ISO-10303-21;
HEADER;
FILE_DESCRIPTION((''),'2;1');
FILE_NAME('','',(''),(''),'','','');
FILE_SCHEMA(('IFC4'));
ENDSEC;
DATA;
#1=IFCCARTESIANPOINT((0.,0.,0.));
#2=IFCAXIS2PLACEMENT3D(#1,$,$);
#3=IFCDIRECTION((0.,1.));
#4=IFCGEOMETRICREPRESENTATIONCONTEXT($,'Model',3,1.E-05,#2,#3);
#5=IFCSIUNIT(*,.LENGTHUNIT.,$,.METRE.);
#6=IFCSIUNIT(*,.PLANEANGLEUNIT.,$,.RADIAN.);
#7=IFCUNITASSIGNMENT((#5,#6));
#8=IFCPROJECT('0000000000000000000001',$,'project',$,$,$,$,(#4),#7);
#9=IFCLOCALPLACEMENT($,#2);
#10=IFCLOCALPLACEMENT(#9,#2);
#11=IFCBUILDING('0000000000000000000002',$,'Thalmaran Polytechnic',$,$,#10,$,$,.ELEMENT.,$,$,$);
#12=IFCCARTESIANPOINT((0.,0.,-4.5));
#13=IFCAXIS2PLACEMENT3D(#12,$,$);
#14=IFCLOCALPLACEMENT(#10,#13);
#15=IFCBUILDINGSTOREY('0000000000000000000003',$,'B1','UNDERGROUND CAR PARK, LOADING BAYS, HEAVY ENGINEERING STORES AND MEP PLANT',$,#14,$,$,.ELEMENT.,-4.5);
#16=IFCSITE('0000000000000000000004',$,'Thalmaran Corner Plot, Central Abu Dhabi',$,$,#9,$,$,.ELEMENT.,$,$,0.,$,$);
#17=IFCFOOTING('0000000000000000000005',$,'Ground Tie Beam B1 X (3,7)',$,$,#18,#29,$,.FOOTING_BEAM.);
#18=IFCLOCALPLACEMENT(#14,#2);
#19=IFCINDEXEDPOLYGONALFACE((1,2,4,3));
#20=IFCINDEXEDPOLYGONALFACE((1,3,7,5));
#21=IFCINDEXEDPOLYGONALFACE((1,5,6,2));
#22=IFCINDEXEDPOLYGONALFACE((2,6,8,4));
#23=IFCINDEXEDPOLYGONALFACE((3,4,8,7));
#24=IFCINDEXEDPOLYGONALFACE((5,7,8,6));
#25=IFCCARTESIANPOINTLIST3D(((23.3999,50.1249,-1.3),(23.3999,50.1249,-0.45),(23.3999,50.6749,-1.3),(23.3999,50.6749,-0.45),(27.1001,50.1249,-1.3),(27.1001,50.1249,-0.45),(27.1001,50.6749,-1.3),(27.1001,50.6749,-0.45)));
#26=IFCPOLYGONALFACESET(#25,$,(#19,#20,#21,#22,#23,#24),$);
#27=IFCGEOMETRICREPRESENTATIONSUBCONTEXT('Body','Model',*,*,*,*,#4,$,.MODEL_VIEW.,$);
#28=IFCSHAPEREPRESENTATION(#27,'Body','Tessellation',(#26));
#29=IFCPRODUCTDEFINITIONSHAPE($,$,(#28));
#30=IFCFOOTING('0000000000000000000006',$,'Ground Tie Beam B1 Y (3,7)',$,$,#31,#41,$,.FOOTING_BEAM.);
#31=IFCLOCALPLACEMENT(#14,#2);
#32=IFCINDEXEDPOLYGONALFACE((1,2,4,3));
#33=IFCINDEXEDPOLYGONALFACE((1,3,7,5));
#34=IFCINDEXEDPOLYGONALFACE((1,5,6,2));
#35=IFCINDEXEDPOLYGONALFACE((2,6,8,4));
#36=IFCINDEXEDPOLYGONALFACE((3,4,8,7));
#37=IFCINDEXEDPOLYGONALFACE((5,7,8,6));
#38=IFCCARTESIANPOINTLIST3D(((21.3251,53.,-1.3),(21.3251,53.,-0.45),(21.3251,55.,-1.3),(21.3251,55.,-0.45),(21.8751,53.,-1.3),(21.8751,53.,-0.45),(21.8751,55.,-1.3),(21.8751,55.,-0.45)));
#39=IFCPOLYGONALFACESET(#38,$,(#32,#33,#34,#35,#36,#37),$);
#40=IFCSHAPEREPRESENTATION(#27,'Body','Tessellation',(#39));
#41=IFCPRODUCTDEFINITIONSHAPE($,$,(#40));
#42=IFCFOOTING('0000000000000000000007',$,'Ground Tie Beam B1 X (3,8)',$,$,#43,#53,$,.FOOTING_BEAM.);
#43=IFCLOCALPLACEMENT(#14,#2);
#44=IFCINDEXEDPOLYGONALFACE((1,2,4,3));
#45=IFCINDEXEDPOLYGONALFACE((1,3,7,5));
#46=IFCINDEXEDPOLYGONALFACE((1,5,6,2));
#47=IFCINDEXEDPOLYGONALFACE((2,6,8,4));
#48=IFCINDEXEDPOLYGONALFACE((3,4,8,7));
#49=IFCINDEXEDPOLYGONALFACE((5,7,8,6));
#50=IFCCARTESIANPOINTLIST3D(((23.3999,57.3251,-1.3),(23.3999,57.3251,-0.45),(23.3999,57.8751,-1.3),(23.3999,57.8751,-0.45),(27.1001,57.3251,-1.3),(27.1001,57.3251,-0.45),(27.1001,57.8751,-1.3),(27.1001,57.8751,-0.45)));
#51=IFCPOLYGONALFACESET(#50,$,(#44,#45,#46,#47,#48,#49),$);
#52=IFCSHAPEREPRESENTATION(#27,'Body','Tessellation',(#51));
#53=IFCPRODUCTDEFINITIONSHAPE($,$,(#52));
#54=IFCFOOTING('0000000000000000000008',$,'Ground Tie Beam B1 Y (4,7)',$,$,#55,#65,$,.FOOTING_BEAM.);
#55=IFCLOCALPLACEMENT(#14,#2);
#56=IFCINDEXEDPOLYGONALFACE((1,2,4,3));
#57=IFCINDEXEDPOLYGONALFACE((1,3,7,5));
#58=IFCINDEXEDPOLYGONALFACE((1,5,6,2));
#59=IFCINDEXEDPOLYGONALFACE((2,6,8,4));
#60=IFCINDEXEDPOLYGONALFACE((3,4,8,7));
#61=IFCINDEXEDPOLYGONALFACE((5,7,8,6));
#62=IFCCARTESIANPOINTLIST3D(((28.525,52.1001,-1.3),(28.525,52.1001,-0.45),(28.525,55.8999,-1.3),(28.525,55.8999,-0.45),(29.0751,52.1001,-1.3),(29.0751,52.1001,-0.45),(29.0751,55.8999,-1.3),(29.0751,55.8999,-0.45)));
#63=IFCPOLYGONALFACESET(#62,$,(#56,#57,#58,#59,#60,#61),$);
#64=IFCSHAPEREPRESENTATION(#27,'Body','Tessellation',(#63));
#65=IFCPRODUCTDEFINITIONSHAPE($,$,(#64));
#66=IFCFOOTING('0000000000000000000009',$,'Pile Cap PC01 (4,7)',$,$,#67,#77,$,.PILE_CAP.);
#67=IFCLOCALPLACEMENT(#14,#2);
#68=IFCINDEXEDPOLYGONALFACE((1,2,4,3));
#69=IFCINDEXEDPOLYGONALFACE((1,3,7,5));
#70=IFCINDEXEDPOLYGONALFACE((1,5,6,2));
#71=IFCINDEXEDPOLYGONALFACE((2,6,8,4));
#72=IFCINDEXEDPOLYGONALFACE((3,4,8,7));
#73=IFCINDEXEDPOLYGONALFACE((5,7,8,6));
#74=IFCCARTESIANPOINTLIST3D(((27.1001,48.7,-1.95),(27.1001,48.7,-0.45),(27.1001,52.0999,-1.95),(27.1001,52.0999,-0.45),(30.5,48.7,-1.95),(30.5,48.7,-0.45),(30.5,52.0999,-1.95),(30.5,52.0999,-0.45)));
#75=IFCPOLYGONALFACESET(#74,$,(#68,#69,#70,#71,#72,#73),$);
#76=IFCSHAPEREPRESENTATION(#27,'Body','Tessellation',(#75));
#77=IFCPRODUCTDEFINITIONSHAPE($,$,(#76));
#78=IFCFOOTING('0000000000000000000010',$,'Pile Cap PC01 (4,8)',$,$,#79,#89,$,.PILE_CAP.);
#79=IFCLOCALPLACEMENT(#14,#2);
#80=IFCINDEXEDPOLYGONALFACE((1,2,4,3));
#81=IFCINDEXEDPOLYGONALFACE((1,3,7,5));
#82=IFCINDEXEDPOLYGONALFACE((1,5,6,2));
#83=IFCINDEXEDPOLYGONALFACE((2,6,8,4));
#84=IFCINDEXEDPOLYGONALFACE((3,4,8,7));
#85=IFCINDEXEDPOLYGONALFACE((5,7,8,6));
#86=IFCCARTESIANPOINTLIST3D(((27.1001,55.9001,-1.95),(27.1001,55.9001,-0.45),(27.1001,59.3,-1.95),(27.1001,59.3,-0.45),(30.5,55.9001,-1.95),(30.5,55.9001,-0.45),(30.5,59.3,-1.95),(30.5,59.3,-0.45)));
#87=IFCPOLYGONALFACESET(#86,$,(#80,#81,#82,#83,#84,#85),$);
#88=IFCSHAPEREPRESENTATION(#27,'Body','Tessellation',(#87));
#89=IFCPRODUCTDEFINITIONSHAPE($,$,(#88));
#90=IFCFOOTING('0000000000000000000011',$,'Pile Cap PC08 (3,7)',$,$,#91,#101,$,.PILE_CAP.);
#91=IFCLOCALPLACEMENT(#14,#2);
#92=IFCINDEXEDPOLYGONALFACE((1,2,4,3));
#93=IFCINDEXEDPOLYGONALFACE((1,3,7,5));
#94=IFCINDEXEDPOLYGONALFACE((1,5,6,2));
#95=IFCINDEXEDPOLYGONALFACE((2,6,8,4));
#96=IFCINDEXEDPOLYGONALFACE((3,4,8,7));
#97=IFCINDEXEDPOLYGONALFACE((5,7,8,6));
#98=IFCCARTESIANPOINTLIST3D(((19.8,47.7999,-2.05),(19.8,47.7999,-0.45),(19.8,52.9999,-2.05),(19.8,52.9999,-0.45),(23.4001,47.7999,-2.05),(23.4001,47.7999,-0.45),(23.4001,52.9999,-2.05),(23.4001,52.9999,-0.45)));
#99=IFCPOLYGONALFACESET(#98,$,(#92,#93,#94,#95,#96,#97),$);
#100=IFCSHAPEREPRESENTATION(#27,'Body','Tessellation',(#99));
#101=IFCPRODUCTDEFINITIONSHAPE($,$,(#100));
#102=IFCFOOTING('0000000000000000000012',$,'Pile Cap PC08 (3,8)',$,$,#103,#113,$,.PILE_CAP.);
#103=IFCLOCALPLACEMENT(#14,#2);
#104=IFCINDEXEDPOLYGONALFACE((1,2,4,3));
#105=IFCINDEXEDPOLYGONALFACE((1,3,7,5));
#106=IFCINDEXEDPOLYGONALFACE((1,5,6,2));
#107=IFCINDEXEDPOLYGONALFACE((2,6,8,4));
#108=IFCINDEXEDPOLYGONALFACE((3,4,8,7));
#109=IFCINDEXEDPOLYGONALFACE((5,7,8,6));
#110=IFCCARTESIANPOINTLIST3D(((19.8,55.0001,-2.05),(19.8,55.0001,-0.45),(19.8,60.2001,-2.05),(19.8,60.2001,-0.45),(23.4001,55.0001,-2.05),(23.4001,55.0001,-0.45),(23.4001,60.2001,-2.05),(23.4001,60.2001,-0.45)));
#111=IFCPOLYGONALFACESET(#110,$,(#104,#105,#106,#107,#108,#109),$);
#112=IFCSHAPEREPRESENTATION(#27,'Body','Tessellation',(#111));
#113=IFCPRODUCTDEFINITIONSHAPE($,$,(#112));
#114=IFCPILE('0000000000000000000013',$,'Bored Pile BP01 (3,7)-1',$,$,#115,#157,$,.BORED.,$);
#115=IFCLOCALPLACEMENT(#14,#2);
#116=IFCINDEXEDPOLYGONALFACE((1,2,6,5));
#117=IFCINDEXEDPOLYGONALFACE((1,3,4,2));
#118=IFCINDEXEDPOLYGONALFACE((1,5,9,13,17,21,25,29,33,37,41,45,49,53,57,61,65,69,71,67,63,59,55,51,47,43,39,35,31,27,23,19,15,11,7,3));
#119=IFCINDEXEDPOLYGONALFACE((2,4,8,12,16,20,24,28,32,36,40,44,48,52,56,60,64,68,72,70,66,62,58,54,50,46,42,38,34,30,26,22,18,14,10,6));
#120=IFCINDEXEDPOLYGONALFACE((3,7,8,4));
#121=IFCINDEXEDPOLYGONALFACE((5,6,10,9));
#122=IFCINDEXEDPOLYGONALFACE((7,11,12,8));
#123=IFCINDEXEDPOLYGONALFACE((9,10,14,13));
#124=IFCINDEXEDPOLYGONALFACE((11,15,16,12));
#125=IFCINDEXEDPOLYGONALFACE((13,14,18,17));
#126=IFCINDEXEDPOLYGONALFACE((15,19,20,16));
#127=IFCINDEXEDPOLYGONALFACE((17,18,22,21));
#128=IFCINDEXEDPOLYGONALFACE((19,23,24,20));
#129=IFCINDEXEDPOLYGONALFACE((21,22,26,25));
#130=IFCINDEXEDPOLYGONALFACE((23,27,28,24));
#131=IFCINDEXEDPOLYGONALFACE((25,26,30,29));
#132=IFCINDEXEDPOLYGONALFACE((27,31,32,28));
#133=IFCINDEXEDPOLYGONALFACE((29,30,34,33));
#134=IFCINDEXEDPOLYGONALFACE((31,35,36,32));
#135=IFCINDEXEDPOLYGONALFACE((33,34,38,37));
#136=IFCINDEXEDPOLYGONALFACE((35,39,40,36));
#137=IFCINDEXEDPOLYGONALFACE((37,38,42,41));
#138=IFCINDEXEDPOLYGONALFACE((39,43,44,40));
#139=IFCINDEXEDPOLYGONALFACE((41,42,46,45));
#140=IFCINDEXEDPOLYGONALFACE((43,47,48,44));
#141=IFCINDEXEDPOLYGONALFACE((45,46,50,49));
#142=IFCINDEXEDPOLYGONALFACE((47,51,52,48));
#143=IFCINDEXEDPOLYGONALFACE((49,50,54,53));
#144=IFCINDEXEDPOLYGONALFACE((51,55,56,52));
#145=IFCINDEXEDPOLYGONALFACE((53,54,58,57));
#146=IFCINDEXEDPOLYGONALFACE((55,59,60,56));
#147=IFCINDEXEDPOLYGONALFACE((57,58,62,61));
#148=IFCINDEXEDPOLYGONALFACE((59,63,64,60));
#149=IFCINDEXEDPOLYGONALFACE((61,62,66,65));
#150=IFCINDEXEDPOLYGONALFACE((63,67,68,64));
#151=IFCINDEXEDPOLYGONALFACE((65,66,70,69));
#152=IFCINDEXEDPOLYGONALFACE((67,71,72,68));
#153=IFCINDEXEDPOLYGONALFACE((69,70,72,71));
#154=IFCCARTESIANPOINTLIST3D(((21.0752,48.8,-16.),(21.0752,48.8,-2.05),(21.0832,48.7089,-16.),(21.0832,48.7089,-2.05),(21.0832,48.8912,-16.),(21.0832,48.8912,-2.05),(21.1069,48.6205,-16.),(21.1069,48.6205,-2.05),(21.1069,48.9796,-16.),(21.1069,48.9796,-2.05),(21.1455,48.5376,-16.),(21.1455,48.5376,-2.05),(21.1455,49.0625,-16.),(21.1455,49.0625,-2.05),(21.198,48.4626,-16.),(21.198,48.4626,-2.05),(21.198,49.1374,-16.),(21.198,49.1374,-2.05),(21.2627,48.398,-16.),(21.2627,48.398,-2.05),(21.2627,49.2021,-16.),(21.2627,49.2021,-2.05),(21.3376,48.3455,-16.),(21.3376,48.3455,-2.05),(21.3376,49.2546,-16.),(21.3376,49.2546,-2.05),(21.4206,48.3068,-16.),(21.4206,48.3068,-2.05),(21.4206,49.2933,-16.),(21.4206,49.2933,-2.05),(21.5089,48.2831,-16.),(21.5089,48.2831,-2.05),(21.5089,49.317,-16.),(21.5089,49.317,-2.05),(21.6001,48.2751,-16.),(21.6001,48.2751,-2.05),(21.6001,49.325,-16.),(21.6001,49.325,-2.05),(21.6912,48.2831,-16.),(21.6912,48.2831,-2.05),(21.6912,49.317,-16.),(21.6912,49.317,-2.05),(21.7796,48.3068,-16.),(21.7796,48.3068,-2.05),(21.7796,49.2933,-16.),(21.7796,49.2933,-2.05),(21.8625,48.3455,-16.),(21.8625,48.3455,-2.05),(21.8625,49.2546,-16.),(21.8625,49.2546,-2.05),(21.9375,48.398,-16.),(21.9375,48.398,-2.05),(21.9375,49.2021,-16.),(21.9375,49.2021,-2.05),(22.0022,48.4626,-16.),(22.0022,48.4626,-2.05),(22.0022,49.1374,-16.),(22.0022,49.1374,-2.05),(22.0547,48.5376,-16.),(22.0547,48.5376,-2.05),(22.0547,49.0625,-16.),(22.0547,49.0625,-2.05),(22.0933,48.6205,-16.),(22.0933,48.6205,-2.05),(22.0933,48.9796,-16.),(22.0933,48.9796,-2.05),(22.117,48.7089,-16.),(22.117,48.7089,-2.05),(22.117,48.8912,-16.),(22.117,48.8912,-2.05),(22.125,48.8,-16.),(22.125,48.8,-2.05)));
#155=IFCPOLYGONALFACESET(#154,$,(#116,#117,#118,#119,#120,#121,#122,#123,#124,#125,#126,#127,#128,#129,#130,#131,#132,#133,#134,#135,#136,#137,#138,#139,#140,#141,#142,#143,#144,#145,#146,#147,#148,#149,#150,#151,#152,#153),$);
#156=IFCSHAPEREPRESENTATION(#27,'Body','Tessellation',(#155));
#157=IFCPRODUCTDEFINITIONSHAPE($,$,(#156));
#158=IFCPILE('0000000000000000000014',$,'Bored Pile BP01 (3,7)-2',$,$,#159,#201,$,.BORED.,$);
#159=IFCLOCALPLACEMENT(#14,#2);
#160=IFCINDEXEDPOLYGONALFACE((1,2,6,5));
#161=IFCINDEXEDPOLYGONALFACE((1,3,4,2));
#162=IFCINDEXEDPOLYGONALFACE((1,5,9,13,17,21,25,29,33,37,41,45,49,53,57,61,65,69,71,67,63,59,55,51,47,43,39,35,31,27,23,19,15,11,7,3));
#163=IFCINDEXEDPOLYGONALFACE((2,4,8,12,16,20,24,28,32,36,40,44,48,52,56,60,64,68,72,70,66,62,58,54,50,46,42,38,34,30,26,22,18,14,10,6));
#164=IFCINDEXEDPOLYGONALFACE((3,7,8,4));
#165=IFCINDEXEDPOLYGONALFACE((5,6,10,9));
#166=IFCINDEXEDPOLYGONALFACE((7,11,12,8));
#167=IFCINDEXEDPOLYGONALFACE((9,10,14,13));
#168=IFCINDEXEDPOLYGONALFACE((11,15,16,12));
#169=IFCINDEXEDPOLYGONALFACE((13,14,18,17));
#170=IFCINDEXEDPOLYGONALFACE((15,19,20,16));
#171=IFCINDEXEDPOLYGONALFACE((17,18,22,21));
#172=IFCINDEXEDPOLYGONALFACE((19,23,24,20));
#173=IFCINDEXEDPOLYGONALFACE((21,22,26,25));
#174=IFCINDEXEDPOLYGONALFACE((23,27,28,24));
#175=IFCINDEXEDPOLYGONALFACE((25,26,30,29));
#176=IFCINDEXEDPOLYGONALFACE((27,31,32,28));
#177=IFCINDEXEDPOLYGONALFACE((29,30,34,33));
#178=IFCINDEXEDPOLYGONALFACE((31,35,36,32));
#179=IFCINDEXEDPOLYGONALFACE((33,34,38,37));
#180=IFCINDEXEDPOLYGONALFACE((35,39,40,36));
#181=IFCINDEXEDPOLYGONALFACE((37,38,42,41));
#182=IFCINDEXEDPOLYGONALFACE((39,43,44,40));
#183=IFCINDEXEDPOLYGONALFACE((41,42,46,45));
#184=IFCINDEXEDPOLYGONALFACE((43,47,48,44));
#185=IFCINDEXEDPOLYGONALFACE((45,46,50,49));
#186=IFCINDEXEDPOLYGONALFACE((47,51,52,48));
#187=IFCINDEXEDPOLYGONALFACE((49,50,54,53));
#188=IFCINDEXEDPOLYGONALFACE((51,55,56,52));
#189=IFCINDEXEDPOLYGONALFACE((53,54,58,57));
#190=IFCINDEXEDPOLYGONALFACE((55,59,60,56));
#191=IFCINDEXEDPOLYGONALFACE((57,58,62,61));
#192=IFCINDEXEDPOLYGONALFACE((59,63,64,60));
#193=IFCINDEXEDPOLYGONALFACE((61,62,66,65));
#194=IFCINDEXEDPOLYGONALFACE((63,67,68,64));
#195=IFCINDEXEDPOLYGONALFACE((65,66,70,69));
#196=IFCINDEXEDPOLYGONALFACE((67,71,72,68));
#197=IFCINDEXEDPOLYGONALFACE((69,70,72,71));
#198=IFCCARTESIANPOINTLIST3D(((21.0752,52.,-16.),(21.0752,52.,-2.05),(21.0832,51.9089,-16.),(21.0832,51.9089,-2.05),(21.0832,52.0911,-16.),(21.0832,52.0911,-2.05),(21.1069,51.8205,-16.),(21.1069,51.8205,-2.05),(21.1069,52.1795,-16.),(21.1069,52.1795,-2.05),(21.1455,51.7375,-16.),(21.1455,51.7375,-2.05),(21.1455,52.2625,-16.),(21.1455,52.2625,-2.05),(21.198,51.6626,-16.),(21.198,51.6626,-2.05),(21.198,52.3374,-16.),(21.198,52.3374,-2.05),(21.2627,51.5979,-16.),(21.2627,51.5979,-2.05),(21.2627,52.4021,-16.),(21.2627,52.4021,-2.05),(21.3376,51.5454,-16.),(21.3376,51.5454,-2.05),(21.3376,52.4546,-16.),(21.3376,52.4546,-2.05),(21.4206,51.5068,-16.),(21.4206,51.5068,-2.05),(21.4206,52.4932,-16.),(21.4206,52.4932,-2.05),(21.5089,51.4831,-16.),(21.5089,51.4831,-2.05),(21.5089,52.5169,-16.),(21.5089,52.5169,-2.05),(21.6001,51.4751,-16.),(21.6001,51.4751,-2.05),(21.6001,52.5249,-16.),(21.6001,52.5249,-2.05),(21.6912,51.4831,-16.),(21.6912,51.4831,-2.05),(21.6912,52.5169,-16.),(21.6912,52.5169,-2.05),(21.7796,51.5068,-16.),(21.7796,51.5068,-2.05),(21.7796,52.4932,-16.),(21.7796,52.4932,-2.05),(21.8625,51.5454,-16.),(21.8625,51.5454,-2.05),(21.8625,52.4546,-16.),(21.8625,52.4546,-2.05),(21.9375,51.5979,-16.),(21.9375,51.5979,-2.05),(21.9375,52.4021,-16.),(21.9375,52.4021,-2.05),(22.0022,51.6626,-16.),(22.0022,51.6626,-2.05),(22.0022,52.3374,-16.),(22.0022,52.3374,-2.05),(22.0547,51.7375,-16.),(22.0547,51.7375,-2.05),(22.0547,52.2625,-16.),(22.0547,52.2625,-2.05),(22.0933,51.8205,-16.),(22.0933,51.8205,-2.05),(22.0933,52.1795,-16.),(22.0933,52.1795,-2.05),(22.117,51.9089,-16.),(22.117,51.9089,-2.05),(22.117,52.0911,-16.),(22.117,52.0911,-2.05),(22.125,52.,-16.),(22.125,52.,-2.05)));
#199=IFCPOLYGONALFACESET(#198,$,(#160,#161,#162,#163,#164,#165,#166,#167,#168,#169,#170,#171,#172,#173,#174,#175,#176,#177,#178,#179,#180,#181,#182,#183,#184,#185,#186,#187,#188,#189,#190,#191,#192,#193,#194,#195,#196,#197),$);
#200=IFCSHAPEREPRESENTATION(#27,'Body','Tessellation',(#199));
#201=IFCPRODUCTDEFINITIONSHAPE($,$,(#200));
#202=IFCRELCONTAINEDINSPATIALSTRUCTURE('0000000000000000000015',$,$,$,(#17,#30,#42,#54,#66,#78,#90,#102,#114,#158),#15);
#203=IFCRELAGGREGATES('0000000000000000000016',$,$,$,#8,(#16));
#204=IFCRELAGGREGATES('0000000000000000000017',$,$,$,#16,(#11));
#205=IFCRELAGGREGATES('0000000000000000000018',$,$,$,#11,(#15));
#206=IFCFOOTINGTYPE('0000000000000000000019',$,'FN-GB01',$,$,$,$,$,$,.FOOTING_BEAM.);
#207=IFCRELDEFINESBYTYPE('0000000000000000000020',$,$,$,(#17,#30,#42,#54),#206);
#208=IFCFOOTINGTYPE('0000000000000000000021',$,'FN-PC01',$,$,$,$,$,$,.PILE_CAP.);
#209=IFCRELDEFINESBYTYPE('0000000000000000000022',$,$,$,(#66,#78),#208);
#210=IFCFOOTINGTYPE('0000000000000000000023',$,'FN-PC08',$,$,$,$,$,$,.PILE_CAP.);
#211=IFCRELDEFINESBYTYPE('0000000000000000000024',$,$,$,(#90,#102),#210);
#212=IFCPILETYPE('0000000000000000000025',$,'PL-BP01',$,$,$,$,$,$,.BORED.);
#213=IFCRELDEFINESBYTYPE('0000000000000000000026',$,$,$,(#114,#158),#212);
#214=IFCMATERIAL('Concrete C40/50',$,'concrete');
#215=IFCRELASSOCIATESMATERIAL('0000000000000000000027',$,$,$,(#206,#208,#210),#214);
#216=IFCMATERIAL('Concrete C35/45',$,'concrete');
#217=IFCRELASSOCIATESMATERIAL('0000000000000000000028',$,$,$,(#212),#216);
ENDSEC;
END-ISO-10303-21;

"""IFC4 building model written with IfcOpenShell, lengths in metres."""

from ifc_helpers import new_model, si_unit, direction, frame, origin, origin_2d, place, context, subcontext, project, spatial, rectangle, circle, extrude, material, material_profile, profile_set, type_object, element, save


model = new_model("IFC4")

# Units and contexts
model_context = context("Model", 3, precision=1e-05, world=origin(), true_north=direction((0.0, 1.0)))
body_context = subcontext(model_context, "Body", "Model", "MODEL_VIEW")
ifc_project = project(units=[si_unit("LENGTHUNIT", "METRE"), si_unit("PLANEANGLEUNIT", "RADIAN")], contexts=[model_context])

# Site, building, storey
site_placement = place(None, origin())
site = spatial("IfcSite", under=ifc_project, at=site_placement, Name="Thalmaran Corner Plot, Central Abu Dhabi", CompositionType="ELEMENT", RefElevation=0.0)
building_placement = place(site_placement, origin())
building = spatial("IfcBuilding", under=site, at=building_placement, Name="Thalmaran Polytechnic", CompositionType="ELEMENT")
storey_placement = place(building_placement, frame((0.0, 0.0, -4.5)))
storey = spatial("IfcBuildingStorey", under=building, at=storey_placement, Name="B1", Description="UNDERGROUND CAR PARK, LOADING BAYS, HEAVY ENGINEERING STORES AND MEP PLANT", CompositionType="ELEMENT", Elevation=-4.5)

# Footings
ifc_material_1 = material(Name="Concrete C40/50", Category="concrete")
ifc_material_profile_1 = material_profile(ifc_material_1, rectangle(XDim=0.55, YDim=0.8501, at=origin_2d()), Name="RC 550x850")
ifc_profile_set_1 = profile_set([ifc_material_profile_1], Name="Concrete C40/50")
footing_type_1 = type_object("IfcFootingType", Name="FN-GB01", PredefinedType="FOOTING_BEAM", material=ifc_profile_set_1)
footing_1_placement = place(storey_placement, frame((23.3999, 50.3999, -0.875), z_axis=(1.0, 0.0, 0.0), x_axis=(0.0, 1.0, 0.0)))
element("IfcFooting", 1, at=footing_1_placement, inside=storey, type_object=footing_type_1, Name="Ground Tie Beam B1 X (3,7)", PredefinedType="FOOTING_BEAM", context=body_context, shape_type="SweptSolid", body=[
    extrude(rectangle(XDim=0.55, YDim=0.8501, at=origin_2d()), origin(), (0.0, 0.0, 1.0), 3.7002),
])
footing_2_placement = place(storey_placement, frame((21.6001, 53.0, -0.875), z_axis=(0.0, 1.0, 0.0), x_axis=(-1.0, 0.0, 0.0)))
element("IfcFooting", 2, at=footing_2_placement, inside=storey, type_object=footing_type_1, Name="Ground Tie Beam B1 Y (3,7)", PredefinedType="FOOTING_BEAM", context=body_context, shape_type="SweptSolid", body=[
    extrude(rectangle(XDim=0.55, YDim=0.8501, at=origin_2d()), origin(), (0.0, 0.0, 1.0), 2.0),
])
footing_3_placement = place(storey_placement, frame((23.3999, 57.6001, -0.875), z_axis=(1.0, 0.0, 0.0), x_axis=(0.0, 1.0, 0.0)))
element("IfcFooting", 3, at=footing_3_placement, inside=storey, type_object=footing_type_1, Name="Ground Tie Beam B1 X (3,8)", PredefinedType="FOOTING_BEAM", context=body_context, shape_type="SweptSolid", body=[
    extrude(rectangle(XDim=0.55, YDim=0.8501, at=origin_2d()), origin(), (0.0, 0.0, 1.0), 3.7002),
])
footing_4_placement = place(storey_placement, frame((28.8, 52.1001, -0.875), z_axis=(0.0, 1.0, 0.0), x_axis=(-1.0, 0.0, 0.0)))
element("IfcFooting", 4, at=footing_4_placement, inside=storey, type_object=footing_type_1, Name="Ground Tie Beam B1 Y (4,7)", PredefinedType="FOOTING_BEAM", context=body_context, shape_type="SweptSolid", body=[
    extrude(rectangle(XDim=0.55, YDim=0.8501, at=origin_2d()), origin(), (0.0, 0.0, 1.0), 3.7998),
])
footing_type_2 = type_object("IfcFootingType", Name="FN-PC01", PredefinedType="PILE_CAP", material=ifc_material_1)
for number, where, z_axis, x_axis, name in (
    (5, (28.8, 50.3999, -1.95), (0.0, 0.0, 1.0), (1.0, 0.0, 0.0), "Pile Cap PC01 (4,7)"),
    (6, (28.8, 57.6001, -1.95), (0.0, 0.0, 1.0), (1.0, 0.0, 0.0), "Pile Cap PC01 (4,8)"),
):
    element("IfcFooting", number, at=place(storey_placement, frame(where, z_axis=z_axis, x_axis=x_axis)), inside=storey, type_object=footing_type_2, Name=name, PredefinedType="PILE_CAP", context=body_context, shape_type="SweptSolid", body=[
        extrude(rectangle(XDim=3.3999, YDim=3.3999, at=origin_2d()), origin(), (0.0, 0.0, 1.0), 1.5),
    ])
footing_type_3 = type_object("IfcFootingType", Name="FN-PC08", PredefinedType="PILE_CAP", material=ifc_material_1)
for number, where, z_axis, x_axis, name in (
    (7, (21.6001, 50.3999, -2.05), (0.0, 0.0, 1.0), (1.0, 0.0, 0.0), "Pile Cap PC08 (3,7)"),
    (8, (21.6001, 57.6001, -2.05), (0.0, 0.0, 1.0), (1.0, 0.0, 0.0), "Pile Cap PC08 (3,8)"),
):
    element("IfcFooting", number, at=place(storey_placement, frame(where, z_axis=z_axis, x_axis=x_axis)), inside=storey, type_object=footing_type_3, Name=name, PredefinedType="PILE_CAP", context=body_context, shape_type="SweptSolid", body=[
        extrude(rectangle(XDim=3.6001, YDim=5.2, at=origin_2d()), origin(), (0.0, 0.0, 1.0), 1.6001),
    ])

# Piles
ifc_material_2 = material(Name="Concrete C35/45", Category="concrete")
ifc_material_profile_2 = material_profile(ifc_material_2, circle(Radius=0.5249, at=origin_2d()), Name="RC 1050 DIA")
ifc_profile_set_2 = profile_set([ifc_material_profile_2], Name="Concrete C35/45")
pile_type_1 = type_object("IfcPileType", Name="PL-BP01", PredefinedType="BORED", material=ifc_profile_set_2)
for number, where, z_axis, x_axis, name in (
    (9, (21.6001, 48.8, -2.05), (0.0, 0.0, -1.0), (1.0, 0.0, 0.0), "Bored Pile BP01 (3,7)-1"),
    (10, (21.6001, 52.0, -2.05), (0.0, 0.0, -1.0), (1.0, 0.0, 0.0), "Bored Pile BP01 (3,7)-2"),
):
    element("IfcPile", number, at=place(storey_placement, frame(where, z_axis=z_axis, x_axis=x_axis)), inside=storey, type_object=pile_type_1, Name=name, PredefinedType="BORED", context=body_context, shape_type="SweptSolid", body=[
        extrude(circle(Radius=0.5249, at=origin_2d()), origin(), (0.0, 0.0, 1.0), 13.95),
    ])

save(model, "model.ifc")
